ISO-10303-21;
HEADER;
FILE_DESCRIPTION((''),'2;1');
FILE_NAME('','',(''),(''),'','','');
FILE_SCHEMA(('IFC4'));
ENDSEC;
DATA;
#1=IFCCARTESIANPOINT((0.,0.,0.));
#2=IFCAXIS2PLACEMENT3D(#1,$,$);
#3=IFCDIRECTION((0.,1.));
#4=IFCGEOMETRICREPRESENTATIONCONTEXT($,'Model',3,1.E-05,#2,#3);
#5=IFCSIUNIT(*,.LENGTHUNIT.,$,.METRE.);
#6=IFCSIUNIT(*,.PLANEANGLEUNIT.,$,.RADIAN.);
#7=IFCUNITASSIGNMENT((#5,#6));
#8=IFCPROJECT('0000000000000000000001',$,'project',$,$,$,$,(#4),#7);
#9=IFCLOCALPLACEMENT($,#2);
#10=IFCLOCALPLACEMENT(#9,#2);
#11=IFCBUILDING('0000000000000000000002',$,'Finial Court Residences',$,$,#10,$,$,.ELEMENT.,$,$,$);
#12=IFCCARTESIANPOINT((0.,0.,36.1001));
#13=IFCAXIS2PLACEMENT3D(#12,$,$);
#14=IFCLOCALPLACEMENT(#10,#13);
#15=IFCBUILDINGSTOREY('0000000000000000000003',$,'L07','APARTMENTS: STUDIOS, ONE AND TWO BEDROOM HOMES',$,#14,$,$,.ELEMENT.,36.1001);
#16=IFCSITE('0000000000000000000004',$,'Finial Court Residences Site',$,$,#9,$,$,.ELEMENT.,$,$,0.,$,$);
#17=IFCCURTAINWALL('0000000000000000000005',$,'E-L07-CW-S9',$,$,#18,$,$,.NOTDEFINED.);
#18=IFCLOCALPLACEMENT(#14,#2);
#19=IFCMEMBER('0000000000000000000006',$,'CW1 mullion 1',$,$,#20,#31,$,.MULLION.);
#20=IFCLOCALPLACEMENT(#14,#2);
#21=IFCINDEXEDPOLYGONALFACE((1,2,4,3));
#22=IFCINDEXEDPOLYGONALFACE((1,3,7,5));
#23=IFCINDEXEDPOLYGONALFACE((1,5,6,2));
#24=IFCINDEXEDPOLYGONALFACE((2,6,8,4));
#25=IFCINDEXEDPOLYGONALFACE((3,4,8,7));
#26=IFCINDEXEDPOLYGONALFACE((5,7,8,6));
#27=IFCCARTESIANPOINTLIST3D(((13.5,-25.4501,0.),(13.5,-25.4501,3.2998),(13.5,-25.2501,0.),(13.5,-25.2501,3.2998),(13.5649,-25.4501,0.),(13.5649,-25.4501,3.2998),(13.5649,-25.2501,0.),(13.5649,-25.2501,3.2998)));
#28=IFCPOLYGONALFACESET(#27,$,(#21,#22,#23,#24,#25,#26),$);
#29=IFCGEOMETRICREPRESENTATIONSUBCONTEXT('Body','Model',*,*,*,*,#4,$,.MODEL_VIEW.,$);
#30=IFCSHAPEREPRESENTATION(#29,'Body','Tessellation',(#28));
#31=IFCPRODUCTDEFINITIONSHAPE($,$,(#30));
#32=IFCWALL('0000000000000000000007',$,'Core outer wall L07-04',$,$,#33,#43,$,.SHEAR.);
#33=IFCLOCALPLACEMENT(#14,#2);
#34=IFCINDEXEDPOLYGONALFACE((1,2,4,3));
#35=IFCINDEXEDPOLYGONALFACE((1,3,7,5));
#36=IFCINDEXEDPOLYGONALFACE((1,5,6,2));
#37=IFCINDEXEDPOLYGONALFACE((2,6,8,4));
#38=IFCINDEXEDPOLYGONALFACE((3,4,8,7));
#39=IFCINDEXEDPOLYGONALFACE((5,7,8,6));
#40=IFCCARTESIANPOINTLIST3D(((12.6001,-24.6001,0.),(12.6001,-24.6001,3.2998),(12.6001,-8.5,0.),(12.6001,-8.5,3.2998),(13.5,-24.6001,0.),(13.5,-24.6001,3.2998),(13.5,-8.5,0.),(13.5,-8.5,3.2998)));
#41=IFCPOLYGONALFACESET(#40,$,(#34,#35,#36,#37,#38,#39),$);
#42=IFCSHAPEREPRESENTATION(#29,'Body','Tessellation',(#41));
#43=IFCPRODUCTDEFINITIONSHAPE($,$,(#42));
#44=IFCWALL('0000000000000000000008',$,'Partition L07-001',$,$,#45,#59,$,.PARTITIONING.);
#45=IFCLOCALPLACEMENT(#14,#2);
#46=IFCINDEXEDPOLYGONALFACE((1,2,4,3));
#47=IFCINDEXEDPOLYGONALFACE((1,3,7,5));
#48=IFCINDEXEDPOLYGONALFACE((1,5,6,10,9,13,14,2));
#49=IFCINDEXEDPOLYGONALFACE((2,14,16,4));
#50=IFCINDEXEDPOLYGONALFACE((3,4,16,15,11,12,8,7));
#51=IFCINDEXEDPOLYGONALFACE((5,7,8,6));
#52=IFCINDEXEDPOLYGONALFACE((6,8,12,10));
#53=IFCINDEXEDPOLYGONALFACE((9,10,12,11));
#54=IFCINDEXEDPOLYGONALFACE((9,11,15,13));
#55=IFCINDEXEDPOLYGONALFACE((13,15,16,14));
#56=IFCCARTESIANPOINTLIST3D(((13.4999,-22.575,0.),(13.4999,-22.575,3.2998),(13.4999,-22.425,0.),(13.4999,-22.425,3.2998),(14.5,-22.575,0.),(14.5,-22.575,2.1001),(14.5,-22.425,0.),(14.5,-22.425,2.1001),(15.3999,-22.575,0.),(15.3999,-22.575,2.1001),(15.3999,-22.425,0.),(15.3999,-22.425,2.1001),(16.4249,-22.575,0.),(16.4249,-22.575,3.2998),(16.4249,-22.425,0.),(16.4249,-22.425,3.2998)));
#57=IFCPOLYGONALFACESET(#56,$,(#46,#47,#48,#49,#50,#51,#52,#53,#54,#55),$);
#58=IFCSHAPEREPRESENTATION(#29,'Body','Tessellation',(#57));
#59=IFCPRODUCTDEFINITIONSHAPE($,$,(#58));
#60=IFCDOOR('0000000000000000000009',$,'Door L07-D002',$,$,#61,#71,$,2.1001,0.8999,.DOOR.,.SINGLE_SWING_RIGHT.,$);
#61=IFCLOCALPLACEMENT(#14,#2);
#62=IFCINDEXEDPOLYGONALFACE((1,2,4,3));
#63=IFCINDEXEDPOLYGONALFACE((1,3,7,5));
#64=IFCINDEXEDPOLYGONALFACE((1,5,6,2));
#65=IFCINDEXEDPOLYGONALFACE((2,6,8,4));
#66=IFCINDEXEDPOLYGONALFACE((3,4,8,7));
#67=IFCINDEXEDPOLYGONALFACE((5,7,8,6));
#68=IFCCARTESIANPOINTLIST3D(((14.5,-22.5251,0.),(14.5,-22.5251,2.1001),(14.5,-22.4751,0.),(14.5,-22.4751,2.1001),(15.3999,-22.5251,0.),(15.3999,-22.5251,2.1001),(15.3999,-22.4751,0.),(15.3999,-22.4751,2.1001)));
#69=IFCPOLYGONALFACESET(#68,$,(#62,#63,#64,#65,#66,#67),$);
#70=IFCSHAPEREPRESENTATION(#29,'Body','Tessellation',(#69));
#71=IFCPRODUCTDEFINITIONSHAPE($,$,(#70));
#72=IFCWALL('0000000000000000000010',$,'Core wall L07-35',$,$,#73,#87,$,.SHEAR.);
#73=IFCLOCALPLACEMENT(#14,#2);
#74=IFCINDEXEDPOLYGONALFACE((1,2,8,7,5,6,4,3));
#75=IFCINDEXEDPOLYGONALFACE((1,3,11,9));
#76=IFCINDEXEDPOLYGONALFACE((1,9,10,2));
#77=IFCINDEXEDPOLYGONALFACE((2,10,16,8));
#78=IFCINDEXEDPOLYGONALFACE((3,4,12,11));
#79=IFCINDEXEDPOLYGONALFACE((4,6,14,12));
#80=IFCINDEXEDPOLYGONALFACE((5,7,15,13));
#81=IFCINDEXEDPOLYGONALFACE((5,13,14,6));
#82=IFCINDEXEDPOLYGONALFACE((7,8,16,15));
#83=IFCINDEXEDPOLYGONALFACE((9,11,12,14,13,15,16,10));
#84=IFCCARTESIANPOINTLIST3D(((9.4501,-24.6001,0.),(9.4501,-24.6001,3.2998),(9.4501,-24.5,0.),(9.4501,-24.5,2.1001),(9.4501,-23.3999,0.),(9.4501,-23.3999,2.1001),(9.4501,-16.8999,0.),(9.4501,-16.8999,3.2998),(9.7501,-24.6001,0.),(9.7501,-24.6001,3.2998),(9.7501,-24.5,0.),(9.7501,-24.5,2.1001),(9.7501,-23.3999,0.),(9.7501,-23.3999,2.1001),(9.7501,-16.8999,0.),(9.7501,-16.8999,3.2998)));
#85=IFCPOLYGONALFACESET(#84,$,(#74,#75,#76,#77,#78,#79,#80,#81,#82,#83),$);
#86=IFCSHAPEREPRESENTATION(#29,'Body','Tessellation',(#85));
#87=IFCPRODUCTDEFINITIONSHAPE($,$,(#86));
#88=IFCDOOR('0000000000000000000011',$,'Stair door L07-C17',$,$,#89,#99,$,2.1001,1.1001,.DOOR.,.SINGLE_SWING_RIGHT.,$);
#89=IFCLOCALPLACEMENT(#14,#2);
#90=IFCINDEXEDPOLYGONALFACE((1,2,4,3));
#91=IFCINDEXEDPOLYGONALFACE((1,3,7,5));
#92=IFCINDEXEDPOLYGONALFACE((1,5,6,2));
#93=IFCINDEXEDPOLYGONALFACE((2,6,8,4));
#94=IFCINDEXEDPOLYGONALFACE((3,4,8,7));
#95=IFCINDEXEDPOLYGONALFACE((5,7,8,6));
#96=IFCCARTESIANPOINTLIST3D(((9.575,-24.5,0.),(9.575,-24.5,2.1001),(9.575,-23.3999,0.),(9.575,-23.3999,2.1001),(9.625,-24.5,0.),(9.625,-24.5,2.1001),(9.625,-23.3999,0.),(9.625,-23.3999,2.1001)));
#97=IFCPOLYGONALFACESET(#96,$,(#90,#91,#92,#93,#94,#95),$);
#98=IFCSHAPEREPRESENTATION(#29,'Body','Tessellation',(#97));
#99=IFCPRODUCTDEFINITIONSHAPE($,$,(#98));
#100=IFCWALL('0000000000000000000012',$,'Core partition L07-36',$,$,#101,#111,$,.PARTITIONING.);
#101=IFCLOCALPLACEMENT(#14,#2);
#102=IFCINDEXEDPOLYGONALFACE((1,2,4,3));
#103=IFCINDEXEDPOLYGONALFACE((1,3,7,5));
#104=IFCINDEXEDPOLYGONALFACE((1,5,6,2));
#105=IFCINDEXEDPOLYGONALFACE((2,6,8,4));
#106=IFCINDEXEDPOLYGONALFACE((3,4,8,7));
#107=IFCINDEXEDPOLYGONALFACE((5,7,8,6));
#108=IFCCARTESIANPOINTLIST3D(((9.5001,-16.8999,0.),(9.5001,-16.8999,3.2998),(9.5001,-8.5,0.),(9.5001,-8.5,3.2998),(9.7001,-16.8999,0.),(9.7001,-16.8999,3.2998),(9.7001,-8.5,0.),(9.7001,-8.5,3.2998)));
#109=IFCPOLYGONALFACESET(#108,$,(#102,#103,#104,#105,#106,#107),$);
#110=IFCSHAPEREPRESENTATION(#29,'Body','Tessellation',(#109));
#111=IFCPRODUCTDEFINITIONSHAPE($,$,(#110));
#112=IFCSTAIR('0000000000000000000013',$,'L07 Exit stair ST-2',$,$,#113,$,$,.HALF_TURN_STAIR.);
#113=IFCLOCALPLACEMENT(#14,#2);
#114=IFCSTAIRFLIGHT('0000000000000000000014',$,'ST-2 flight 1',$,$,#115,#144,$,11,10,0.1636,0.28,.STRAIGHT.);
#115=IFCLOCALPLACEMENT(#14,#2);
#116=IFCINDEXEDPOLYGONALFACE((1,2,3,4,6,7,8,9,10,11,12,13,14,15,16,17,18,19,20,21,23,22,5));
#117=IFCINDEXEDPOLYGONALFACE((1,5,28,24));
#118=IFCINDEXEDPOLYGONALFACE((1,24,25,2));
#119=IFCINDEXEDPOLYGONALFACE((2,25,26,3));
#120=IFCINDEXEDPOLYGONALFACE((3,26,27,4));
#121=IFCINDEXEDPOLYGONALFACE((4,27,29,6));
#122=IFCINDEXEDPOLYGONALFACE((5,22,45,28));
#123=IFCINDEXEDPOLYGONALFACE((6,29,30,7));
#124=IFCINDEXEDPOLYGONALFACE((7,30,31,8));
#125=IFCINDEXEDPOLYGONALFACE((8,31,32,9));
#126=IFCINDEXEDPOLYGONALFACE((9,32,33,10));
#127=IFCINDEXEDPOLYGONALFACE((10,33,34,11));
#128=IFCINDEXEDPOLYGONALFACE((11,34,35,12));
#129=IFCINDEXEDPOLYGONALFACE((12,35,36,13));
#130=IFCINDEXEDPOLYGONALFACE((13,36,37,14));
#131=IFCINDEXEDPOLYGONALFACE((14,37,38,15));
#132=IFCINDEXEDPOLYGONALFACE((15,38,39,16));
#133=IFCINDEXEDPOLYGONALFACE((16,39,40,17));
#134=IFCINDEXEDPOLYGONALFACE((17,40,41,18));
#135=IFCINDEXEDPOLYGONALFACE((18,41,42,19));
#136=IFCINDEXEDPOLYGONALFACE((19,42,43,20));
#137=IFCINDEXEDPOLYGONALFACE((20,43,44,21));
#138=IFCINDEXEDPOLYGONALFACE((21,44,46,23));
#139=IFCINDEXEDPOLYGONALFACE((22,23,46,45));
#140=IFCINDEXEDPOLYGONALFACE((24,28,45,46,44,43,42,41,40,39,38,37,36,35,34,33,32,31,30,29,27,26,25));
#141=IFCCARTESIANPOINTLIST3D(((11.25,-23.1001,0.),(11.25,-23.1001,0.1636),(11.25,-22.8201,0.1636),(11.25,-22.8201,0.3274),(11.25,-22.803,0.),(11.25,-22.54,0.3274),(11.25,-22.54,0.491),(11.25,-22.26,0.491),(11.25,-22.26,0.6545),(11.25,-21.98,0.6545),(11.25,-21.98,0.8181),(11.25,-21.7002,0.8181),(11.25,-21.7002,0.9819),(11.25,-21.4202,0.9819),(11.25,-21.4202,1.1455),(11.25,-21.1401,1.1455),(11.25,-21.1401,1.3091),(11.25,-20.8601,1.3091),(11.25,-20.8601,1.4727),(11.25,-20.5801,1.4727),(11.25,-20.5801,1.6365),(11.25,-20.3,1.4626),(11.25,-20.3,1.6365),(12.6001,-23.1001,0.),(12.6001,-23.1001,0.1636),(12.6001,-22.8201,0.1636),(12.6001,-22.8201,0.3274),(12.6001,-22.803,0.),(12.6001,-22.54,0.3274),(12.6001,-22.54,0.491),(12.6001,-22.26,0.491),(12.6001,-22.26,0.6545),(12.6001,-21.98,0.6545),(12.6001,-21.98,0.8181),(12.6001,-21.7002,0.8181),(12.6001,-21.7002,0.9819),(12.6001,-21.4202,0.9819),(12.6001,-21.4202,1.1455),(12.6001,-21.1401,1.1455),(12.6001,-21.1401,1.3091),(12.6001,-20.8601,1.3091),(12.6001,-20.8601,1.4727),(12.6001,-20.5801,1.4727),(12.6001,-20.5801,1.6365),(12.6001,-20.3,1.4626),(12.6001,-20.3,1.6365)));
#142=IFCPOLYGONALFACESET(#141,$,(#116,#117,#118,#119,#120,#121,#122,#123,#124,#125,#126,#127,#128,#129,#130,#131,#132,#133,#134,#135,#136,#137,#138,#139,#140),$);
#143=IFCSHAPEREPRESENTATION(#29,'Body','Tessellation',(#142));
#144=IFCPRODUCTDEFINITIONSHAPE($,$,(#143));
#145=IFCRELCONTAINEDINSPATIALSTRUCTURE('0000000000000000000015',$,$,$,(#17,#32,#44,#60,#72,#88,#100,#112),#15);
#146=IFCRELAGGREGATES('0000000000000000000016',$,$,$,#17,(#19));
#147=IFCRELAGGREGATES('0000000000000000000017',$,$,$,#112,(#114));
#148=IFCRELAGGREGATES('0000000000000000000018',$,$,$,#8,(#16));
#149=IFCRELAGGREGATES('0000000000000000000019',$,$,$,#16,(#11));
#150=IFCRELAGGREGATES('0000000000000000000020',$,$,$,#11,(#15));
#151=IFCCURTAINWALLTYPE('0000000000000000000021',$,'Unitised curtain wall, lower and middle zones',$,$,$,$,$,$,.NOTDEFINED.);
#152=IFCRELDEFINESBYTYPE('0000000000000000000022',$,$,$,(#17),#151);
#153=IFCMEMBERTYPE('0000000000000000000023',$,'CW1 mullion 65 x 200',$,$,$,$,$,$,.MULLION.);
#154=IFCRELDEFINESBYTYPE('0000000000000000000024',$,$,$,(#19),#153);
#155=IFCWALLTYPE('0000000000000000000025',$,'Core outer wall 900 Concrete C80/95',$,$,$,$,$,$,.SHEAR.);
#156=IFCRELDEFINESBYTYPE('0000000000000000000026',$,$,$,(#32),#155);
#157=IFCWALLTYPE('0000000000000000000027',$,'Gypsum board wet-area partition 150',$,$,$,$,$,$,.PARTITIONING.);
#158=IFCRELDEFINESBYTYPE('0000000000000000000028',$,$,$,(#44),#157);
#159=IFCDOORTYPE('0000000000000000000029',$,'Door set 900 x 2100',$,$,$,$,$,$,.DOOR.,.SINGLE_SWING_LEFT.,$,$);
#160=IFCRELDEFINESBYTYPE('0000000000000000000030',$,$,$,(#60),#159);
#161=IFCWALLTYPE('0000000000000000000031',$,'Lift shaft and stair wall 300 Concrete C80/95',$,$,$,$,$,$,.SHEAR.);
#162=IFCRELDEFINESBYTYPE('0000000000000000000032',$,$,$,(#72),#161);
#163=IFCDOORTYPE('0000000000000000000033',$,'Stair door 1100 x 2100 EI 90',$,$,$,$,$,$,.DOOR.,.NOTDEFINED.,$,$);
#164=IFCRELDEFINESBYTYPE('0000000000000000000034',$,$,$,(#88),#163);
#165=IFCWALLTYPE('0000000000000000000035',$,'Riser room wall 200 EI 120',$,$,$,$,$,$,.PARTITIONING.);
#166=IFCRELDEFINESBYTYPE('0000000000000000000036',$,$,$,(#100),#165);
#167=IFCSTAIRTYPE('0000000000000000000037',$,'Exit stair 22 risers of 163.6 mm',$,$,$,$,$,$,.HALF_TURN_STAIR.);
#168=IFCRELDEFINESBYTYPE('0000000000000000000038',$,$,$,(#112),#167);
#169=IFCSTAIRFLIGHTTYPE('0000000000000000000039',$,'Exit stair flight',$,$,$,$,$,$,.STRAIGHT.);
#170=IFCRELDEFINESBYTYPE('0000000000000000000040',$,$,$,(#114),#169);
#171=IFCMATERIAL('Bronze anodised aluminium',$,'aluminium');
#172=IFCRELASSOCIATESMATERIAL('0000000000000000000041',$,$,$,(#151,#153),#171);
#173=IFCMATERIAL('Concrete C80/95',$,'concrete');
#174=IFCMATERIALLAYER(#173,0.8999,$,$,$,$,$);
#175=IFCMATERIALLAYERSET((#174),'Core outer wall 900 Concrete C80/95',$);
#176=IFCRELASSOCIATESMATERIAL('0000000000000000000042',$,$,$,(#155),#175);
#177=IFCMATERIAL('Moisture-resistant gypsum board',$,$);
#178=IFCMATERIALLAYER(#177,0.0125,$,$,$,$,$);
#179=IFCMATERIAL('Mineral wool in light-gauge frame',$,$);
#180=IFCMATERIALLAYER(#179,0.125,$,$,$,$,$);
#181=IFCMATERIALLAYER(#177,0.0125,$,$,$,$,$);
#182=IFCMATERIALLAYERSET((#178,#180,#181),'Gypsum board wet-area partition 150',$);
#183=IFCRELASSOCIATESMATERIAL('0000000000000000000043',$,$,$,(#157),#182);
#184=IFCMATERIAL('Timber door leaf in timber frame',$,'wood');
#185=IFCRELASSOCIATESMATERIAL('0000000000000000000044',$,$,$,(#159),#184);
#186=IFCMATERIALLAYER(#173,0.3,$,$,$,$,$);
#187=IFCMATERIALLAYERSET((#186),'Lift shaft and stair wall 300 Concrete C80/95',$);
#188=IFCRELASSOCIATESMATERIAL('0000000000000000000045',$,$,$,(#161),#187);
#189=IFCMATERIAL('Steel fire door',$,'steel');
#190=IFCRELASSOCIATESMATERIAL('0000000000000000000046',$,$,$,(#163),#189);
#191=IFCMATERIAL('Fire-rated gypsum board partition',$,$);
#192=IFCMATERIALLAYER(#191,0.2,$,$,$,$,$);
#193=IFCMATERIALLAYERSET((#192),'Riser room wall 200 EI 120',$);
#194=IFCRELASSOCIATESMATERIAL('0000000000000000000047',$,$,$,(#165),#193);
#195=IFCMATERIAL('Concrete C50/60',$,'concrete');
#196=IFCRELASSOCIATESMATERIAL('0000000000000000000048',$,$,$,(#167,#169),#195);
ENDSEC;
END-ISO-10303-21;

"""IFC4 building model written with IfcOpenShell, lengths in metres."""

from ifc_helpers import new_model, si_unit, direction, frame, frame_2d, origin, origin_2d, place, context, subcontext, project, spatial, polyline, rectangle, outline, extrude, material, layer, layer_set, material_profile, profile_set, type_object, element, fill, aggregate, save


model = new_model("IFC4")

# Units and contexts
model_context = context("Model", 3, precision=1e-05, world=origin(), true_north=direction((0.0, 1.0)))
body_context = subcontext(model_context, "Body", "Model", "MODEL_VIEW")
ifc_project = project(units=[si_unit("LENGTHUNIT", "METRE"), si_unit("PLANEANGLEUNIT", "RADIAN")], contexts=[model_context])

# Site, building, storey
site_placement = place(None, origin())
site = spatial("IfcSite", under=ifc_project, at=site_placement, Name="Finial Court Residences Site", CompositionType="ELEMENT", RefElevation=0.0)
building_placement = place(site_placement, origin())
building = spatial("IfcBuilding", under=site, at=building_placement, Name="Finial Court Residences", CompositionType="ELEMENT")
storey_placement = place(building_placement, frame((0.0, 0.0, 36.1001)))
storey = spatial("IfcBuildingStorey", under=building, at=storey_placement, Name="L07", Description="APARTMENTS: STUDIOS, ONE AND TWO BEDROOM HOMES", CompositionType="ELEMENT", Elevation=36.1001)

# Curtain wall, member
ifc_material_1 = material(Name="Bronze anodised aluminium", Category="aluminium")
curtain_wall_type = type_object("IfcCurtainWallType", Name="Unitised curtain wall, lower and middle zones", PredefinedType="NOTDEFINED", material=ifc_material_1)
curtain_wall_placement = place(storey_placement, origin())
curtain_wall = element("IfcCurtainWall", 1, at=curtain_wall_placement, inside=storey, type_object=curtain_wall_type, Name="E-L07-CW-S9", PredefinedType="NOTDEFINED")
ifc_material_profile = material_profile(ifc_material_1, rectangle(XDim=0.2, YDim=0.0649, at=origin_2d()), Name="CW1 mullion 65 x 200")
ifc_profile_set = profile_set([ifc_material_profile], Name="Bronze anodised aluminium")
member_type = type_object("IfcMemberType", Name="CW1 mullion 65 x 200", PredefinedType="MULLION", material=ifc_profile_set)
member_placement = place(storey_placement, frame((13.5325, -25.3501, 0.0), z_axis=(0.0, 0.0, 1.0), x_axis=(0.0, 1.0, 0.0)))
member = element("IfcMember", 2, at=member_placement, type_object=member_type, Name="CW1 mullion 1", PredefinedType="MULLION", context=body_context, shape_type="SweptSolid", body=[
    extrude(rectangle(XDim=0.2, YDim=0.0649, at=origin_2d()), origin(), (0.0, 0.0, 1.0), 3.2998),
])
aggregate(curtain_wall, [member])

# Wall
ifc_material_2 = material(Name="Concrete C80/95", Category="concrete")
ifc_layer_1 = layer(ifc_material_2, 0.8999)
ifc_layer_set_1 = layer_set([ifc_layer_1], Name="Core outer wall 900 Concrete C80/95")
wall_type_1 = type_object("IfcWallType", Name="Core outer wall 900 Concrete C80/95", PredefinedType="SHEAR", material=ifc_layer_set_1)
wall_1_placement = place(storey_placement, frame((13.05, -24.6001, 0.0), z_axis=(0.0, 0.0, 1.0), x_axis=(0.0, 1.0, 0.0)))
element("IfcWall", 3, at=wall_1_placement, inside=storey, type_object=wall_type_1, Name="Core outer wall L07-04", PredefinedType="SHEAR", context=body_context, shape_type="SweptSolid", body=[
    extrude(rectangle(XDim=16.1001, YDim=0.8999, at=frame_2d((8.05, 0.0))), origin(), (0.0, 0.0, 1.0), 3.2998),
])

# Walls, openings, doors
ifc_material_3 = material(Name="Moisture-resistant gypsum board")
ifc_layer_2 = layer(ifc_material_3, 0.0125)
ifc_material_4 = material(Name="Mineral wool in light-gauge frame")
ifc_layer_3 = layer(ifc_material_4, 0.125)
ifc_layer_4 = layer(ifc_material_3, 0.0125)
ifc_layer_set_2 = layer_set([ifc_layer_2, ifc_layer_3, ifc_layer_4], Name="Gypsum board wet-area partition 150")
wall_type_2 = type_object("IfcWallType", Name="Gypsum board wet-area partition 150", PredefinedType="PARTITIONING", material=ifc_layer_set_2)
wall_2_placement = place(storey_placement, frame((13.5, -22.5, 0.0), z_axis=(0.0, 0.0, 1.0), x_axis=(1.0, 0.0, 0.0)))
wall_2 = element("IfcWall", 4, at=wall_2_placement, inside=storey, type_object=wall_type_2, Name="Partition L07-001", PredefinedType="PARTITIONING", context=body_context, shape_type="SweptSolid", body=[
    extrude(rectangle(XDim=2.925, YDim=0.1499, at=frame_2d((1.4624, 0.0))), origin(), (0.0, 0.0, 1.0), 3.2998),
])
opening_1_placement = place(wall_2_placement, frame((1.0, 0.0, 0.0)))
opening_1 = element("IfcOpeningElement", 5, at=opening_1_placement, cuts=wall_2, PredefinedType="OPENING", context=body_context, shape_type="SweptSolid", body=[
    extrude(rectangle(XDim=0.8999, YDim=2.1001, at=frame_2d((0.45, 1.05))), frame((0.0, 0.085, 0.0), z_axis=(0.0, -1.0, 0.0), x_axis=(1.0, 0.0, 0.0)), (0.0, 0.0, 1.0), 0.1699),
])
ifc_material_5 = material(Name="Timber door leaf in timber frame", Category="wood")
door_type_1 = type_object("IfcDoorType", Name="Door set 900 x 2100", OperationType="SINGLE_SWING_LEFT", PredefinedType="DOOR", material=ifc_material_5)
door_1_placement = place(opening_1_placement, origin())
door_1 = element("IfcDoor", 6, at=door_1_placement, inside=storey, type_object=door_type_1, Name="Door L07-D002", OperationType="SINGLE_SWING_RIGHT", OverallHeight=2.1001, OverallWidth=0.8999, PredefinedType="DOOR", context=body_context, shape_type="SweptSolid", body=[
    extrude(rectangle(XDim=0.8999, YDim=2.1001, at=frame_2d((0.45, 1.05))), frame((0.0, 0.0249, 0.0), z_axis=(0.0, -1.0, 0.0), x_axis=(1.0, 0.0, 0.0)), (0.0, 0.0, 1.0), 0.05),
])
fill(opening_1, door_1)
ifc_layer_5 = layer(ifc_material_2, 0.3)
ifc_layer_set_3 = layer_set([ifc_layer_5], Name="Lift shaft and stair wall 300 Concrete C80/95")
wall_type_3 = type_object("IfcWallType", Name="Lift shaft and stair wall 300 Concrete C80/95", PredefinedType="SHEAR", material=ifc_layer_set_3)
wall_3_placement = place(storey_placement, frame((9.6001, -16.8999, 0.0), z_axis=(0.0, 0.0, 1.0), x_axis=(0.0, -1.0, 0.0)))
wall_3 = element("IfcWall", 7, at=wall_3_placement, inside=storey, type_object=wall_type_3, Name="Core wall L07-35", PredefinedType="SHEAR", context=body_context, shape_type="SweptSolid", body=[
    extrude(rectangle(XDim=7.7002, YDim=0.3, at=frame_2d((3.8501, 0.0))), origin(), (0.0, 0.0, 1.0), 3.2998),
])
opening_2_placement = place(wall_3_placement, frame((6.5, 0.0, 0.0)))
opening_2 = element("IfcOpeningElement", 8, at=opening_2_placement, cuts=wall_3, PredefinedType="OPENING", context=body_context, shape_type="SweptSolid", body=[
    extrude(rectangle(XDim=1.1001, YDim=2.1001, at=frame_2d((0.55, 1.05))), frame((0.0, 0.1599, 0.0), z_axis=(0.0, -1.0, 0.0), x_axis=(1.0, 0.0, 0.0)), (0.0, 0.0, 1.0), 0.3201),
])
ifc_material_6 = material(Name="Steel fire door", Category="steel")
door_type_2 = type_object("IfcDoorType", Name="Stair door 1100 x 2100 EI 90", OperationType="NOTDEFINED", PredefinedType="DOOR", material=ifc_material_6)
door_2_placement = place(opening_2_placement, origin())
door_2 = element("IfcDoor", 9, at=door_2_placement, inside=storey, type_object=door_type_2, Name="Stair door L07-C17", OperationType="SINGLE_SWING_RIGHT", OverallHeight=2.1001, OverallWidth=1.1001, PredefinedType="DOOR", context=body_context, shape_type="SweptSolid", body=[
    extrude(rectangle(XDim=1.1001, YDim=2.1001, at=frame_2d((0.55, 1.05))), frame((0.0, 0.0249, 0.0), z_axis=(0.0, -1.0, 0.0), x_axis=(1.0, 0.0, 0.0)), (0.0, 0.0, 1.0), 0.05),
])
fill(opening_2, door_2)

# Wall
ifc_material_7 = material(Name="Fire-rated gypsum board partition")
ifc_layer_6 = layer(ifc_material_7, 0.2)
ifc_layer_set_4 = layer_set([ifc_layer_6], Name="Riser room wall 200 EI 120")
wall_type_4 = type_object("IfcWallType", Name="Riser room wall 200 EI 120", PredefinedType="PARTITIONING", material=ifc_layer_set_4)
wall_4_placement = place(storey_placement, frame((9.6001, -16.8999, 0.0), z_axis=(0.0, 0.0, 1.0), x_axis=(0.0, 1.0, 0.0)))
element("IfcWall", 10, at=wall_4_placement, inside=storey, type_object=wall_type_4, Name="Core partition L07-36", PredefinedType="PARTITIONING", context=body_context, shape_type="SweptSolid", body=[
    extrude(rectangle(XDim=8.3999, YDim=0.2, at=frame_2d((4.2, 0.0))), origin(), (0.0, 0.0, 1.0), 3.2998),
])

# Stair, stair flight
ifc_material_8 = material(Name="Concrete C50/60", Category="concrete")
stair_type = type_object("IfcStairType", Name="Exit stair 22 risers of 163.6 mm", PredefinedType="HALF_TURN_STAIR", material=ifc_material_8)
stair_placement = place(storey_placement, origin())
stair = element("IfcStair", 11, at=stair_placement, inside=storey, type_object=stair_type, Name="L07 Exit stair ST-2", PredefinedType="HALF_TURN_STAIR")
stair_flight_type = type_object("IfcStairFlightType", Name="Exit stair flight", PredefinedType="STRAIGHT", material=ifc_material_8)
stair_flight_1_placement = place(storey_placement, frame((11.925, -23.1001, 0.0), z_axis=(0.0, 0.0, 1.0), x_axis=(0.0, 1.0, 0.0)))
stair_flight_1 = element("IfcStairFlight", 12, at=stair_flight_1_placement, type_object=stair_flight_type, Name="ST-2 flight 1", NumberOfRisers=11, NumberOfTreads=10, PredefinedType="STRAIGHT", RiserHeight=0.1636, TreadLength=0.28, context=body_context, shape_type="SweptSolid", body=[
    extrude(outline(polyline([(0.0, 0.0), (0.0, 0.1636), (0.28, 0.1636), (0.28, 0.3274), (0.5601, 0.3274), (0.5601, 0.491), (0.8401, 0.491), (0.8401, 0.6545), (1.1201, 0.6545), (1.1201, 0.8181), (1.3999, 0.8181), (1.3999, 0.9819), (1.6799, 0.9819), (1.6799, 1.1455), (1.96, 1.1455), (1.96, 1.3091), (2.24, 1.3091), (2.24, 1.4727), (2.52, 1.4727), (2.52, 1.6365), (2.8, 1.6365), (2.8, 1.8), (2.8, 1.4626), (0.2971, 0.0), (0.0, 0.0)])), frame((0.0, 0.675, 0.0), z_axis=(0.0, -1.0, 0.0), x_axis=(1.0, 0.0, 0.0)), (0.0, 0.0, 1.0), 1.3501),
])
aggregate(stair, [stair_flight_1])

save(model, "model.ifc")
